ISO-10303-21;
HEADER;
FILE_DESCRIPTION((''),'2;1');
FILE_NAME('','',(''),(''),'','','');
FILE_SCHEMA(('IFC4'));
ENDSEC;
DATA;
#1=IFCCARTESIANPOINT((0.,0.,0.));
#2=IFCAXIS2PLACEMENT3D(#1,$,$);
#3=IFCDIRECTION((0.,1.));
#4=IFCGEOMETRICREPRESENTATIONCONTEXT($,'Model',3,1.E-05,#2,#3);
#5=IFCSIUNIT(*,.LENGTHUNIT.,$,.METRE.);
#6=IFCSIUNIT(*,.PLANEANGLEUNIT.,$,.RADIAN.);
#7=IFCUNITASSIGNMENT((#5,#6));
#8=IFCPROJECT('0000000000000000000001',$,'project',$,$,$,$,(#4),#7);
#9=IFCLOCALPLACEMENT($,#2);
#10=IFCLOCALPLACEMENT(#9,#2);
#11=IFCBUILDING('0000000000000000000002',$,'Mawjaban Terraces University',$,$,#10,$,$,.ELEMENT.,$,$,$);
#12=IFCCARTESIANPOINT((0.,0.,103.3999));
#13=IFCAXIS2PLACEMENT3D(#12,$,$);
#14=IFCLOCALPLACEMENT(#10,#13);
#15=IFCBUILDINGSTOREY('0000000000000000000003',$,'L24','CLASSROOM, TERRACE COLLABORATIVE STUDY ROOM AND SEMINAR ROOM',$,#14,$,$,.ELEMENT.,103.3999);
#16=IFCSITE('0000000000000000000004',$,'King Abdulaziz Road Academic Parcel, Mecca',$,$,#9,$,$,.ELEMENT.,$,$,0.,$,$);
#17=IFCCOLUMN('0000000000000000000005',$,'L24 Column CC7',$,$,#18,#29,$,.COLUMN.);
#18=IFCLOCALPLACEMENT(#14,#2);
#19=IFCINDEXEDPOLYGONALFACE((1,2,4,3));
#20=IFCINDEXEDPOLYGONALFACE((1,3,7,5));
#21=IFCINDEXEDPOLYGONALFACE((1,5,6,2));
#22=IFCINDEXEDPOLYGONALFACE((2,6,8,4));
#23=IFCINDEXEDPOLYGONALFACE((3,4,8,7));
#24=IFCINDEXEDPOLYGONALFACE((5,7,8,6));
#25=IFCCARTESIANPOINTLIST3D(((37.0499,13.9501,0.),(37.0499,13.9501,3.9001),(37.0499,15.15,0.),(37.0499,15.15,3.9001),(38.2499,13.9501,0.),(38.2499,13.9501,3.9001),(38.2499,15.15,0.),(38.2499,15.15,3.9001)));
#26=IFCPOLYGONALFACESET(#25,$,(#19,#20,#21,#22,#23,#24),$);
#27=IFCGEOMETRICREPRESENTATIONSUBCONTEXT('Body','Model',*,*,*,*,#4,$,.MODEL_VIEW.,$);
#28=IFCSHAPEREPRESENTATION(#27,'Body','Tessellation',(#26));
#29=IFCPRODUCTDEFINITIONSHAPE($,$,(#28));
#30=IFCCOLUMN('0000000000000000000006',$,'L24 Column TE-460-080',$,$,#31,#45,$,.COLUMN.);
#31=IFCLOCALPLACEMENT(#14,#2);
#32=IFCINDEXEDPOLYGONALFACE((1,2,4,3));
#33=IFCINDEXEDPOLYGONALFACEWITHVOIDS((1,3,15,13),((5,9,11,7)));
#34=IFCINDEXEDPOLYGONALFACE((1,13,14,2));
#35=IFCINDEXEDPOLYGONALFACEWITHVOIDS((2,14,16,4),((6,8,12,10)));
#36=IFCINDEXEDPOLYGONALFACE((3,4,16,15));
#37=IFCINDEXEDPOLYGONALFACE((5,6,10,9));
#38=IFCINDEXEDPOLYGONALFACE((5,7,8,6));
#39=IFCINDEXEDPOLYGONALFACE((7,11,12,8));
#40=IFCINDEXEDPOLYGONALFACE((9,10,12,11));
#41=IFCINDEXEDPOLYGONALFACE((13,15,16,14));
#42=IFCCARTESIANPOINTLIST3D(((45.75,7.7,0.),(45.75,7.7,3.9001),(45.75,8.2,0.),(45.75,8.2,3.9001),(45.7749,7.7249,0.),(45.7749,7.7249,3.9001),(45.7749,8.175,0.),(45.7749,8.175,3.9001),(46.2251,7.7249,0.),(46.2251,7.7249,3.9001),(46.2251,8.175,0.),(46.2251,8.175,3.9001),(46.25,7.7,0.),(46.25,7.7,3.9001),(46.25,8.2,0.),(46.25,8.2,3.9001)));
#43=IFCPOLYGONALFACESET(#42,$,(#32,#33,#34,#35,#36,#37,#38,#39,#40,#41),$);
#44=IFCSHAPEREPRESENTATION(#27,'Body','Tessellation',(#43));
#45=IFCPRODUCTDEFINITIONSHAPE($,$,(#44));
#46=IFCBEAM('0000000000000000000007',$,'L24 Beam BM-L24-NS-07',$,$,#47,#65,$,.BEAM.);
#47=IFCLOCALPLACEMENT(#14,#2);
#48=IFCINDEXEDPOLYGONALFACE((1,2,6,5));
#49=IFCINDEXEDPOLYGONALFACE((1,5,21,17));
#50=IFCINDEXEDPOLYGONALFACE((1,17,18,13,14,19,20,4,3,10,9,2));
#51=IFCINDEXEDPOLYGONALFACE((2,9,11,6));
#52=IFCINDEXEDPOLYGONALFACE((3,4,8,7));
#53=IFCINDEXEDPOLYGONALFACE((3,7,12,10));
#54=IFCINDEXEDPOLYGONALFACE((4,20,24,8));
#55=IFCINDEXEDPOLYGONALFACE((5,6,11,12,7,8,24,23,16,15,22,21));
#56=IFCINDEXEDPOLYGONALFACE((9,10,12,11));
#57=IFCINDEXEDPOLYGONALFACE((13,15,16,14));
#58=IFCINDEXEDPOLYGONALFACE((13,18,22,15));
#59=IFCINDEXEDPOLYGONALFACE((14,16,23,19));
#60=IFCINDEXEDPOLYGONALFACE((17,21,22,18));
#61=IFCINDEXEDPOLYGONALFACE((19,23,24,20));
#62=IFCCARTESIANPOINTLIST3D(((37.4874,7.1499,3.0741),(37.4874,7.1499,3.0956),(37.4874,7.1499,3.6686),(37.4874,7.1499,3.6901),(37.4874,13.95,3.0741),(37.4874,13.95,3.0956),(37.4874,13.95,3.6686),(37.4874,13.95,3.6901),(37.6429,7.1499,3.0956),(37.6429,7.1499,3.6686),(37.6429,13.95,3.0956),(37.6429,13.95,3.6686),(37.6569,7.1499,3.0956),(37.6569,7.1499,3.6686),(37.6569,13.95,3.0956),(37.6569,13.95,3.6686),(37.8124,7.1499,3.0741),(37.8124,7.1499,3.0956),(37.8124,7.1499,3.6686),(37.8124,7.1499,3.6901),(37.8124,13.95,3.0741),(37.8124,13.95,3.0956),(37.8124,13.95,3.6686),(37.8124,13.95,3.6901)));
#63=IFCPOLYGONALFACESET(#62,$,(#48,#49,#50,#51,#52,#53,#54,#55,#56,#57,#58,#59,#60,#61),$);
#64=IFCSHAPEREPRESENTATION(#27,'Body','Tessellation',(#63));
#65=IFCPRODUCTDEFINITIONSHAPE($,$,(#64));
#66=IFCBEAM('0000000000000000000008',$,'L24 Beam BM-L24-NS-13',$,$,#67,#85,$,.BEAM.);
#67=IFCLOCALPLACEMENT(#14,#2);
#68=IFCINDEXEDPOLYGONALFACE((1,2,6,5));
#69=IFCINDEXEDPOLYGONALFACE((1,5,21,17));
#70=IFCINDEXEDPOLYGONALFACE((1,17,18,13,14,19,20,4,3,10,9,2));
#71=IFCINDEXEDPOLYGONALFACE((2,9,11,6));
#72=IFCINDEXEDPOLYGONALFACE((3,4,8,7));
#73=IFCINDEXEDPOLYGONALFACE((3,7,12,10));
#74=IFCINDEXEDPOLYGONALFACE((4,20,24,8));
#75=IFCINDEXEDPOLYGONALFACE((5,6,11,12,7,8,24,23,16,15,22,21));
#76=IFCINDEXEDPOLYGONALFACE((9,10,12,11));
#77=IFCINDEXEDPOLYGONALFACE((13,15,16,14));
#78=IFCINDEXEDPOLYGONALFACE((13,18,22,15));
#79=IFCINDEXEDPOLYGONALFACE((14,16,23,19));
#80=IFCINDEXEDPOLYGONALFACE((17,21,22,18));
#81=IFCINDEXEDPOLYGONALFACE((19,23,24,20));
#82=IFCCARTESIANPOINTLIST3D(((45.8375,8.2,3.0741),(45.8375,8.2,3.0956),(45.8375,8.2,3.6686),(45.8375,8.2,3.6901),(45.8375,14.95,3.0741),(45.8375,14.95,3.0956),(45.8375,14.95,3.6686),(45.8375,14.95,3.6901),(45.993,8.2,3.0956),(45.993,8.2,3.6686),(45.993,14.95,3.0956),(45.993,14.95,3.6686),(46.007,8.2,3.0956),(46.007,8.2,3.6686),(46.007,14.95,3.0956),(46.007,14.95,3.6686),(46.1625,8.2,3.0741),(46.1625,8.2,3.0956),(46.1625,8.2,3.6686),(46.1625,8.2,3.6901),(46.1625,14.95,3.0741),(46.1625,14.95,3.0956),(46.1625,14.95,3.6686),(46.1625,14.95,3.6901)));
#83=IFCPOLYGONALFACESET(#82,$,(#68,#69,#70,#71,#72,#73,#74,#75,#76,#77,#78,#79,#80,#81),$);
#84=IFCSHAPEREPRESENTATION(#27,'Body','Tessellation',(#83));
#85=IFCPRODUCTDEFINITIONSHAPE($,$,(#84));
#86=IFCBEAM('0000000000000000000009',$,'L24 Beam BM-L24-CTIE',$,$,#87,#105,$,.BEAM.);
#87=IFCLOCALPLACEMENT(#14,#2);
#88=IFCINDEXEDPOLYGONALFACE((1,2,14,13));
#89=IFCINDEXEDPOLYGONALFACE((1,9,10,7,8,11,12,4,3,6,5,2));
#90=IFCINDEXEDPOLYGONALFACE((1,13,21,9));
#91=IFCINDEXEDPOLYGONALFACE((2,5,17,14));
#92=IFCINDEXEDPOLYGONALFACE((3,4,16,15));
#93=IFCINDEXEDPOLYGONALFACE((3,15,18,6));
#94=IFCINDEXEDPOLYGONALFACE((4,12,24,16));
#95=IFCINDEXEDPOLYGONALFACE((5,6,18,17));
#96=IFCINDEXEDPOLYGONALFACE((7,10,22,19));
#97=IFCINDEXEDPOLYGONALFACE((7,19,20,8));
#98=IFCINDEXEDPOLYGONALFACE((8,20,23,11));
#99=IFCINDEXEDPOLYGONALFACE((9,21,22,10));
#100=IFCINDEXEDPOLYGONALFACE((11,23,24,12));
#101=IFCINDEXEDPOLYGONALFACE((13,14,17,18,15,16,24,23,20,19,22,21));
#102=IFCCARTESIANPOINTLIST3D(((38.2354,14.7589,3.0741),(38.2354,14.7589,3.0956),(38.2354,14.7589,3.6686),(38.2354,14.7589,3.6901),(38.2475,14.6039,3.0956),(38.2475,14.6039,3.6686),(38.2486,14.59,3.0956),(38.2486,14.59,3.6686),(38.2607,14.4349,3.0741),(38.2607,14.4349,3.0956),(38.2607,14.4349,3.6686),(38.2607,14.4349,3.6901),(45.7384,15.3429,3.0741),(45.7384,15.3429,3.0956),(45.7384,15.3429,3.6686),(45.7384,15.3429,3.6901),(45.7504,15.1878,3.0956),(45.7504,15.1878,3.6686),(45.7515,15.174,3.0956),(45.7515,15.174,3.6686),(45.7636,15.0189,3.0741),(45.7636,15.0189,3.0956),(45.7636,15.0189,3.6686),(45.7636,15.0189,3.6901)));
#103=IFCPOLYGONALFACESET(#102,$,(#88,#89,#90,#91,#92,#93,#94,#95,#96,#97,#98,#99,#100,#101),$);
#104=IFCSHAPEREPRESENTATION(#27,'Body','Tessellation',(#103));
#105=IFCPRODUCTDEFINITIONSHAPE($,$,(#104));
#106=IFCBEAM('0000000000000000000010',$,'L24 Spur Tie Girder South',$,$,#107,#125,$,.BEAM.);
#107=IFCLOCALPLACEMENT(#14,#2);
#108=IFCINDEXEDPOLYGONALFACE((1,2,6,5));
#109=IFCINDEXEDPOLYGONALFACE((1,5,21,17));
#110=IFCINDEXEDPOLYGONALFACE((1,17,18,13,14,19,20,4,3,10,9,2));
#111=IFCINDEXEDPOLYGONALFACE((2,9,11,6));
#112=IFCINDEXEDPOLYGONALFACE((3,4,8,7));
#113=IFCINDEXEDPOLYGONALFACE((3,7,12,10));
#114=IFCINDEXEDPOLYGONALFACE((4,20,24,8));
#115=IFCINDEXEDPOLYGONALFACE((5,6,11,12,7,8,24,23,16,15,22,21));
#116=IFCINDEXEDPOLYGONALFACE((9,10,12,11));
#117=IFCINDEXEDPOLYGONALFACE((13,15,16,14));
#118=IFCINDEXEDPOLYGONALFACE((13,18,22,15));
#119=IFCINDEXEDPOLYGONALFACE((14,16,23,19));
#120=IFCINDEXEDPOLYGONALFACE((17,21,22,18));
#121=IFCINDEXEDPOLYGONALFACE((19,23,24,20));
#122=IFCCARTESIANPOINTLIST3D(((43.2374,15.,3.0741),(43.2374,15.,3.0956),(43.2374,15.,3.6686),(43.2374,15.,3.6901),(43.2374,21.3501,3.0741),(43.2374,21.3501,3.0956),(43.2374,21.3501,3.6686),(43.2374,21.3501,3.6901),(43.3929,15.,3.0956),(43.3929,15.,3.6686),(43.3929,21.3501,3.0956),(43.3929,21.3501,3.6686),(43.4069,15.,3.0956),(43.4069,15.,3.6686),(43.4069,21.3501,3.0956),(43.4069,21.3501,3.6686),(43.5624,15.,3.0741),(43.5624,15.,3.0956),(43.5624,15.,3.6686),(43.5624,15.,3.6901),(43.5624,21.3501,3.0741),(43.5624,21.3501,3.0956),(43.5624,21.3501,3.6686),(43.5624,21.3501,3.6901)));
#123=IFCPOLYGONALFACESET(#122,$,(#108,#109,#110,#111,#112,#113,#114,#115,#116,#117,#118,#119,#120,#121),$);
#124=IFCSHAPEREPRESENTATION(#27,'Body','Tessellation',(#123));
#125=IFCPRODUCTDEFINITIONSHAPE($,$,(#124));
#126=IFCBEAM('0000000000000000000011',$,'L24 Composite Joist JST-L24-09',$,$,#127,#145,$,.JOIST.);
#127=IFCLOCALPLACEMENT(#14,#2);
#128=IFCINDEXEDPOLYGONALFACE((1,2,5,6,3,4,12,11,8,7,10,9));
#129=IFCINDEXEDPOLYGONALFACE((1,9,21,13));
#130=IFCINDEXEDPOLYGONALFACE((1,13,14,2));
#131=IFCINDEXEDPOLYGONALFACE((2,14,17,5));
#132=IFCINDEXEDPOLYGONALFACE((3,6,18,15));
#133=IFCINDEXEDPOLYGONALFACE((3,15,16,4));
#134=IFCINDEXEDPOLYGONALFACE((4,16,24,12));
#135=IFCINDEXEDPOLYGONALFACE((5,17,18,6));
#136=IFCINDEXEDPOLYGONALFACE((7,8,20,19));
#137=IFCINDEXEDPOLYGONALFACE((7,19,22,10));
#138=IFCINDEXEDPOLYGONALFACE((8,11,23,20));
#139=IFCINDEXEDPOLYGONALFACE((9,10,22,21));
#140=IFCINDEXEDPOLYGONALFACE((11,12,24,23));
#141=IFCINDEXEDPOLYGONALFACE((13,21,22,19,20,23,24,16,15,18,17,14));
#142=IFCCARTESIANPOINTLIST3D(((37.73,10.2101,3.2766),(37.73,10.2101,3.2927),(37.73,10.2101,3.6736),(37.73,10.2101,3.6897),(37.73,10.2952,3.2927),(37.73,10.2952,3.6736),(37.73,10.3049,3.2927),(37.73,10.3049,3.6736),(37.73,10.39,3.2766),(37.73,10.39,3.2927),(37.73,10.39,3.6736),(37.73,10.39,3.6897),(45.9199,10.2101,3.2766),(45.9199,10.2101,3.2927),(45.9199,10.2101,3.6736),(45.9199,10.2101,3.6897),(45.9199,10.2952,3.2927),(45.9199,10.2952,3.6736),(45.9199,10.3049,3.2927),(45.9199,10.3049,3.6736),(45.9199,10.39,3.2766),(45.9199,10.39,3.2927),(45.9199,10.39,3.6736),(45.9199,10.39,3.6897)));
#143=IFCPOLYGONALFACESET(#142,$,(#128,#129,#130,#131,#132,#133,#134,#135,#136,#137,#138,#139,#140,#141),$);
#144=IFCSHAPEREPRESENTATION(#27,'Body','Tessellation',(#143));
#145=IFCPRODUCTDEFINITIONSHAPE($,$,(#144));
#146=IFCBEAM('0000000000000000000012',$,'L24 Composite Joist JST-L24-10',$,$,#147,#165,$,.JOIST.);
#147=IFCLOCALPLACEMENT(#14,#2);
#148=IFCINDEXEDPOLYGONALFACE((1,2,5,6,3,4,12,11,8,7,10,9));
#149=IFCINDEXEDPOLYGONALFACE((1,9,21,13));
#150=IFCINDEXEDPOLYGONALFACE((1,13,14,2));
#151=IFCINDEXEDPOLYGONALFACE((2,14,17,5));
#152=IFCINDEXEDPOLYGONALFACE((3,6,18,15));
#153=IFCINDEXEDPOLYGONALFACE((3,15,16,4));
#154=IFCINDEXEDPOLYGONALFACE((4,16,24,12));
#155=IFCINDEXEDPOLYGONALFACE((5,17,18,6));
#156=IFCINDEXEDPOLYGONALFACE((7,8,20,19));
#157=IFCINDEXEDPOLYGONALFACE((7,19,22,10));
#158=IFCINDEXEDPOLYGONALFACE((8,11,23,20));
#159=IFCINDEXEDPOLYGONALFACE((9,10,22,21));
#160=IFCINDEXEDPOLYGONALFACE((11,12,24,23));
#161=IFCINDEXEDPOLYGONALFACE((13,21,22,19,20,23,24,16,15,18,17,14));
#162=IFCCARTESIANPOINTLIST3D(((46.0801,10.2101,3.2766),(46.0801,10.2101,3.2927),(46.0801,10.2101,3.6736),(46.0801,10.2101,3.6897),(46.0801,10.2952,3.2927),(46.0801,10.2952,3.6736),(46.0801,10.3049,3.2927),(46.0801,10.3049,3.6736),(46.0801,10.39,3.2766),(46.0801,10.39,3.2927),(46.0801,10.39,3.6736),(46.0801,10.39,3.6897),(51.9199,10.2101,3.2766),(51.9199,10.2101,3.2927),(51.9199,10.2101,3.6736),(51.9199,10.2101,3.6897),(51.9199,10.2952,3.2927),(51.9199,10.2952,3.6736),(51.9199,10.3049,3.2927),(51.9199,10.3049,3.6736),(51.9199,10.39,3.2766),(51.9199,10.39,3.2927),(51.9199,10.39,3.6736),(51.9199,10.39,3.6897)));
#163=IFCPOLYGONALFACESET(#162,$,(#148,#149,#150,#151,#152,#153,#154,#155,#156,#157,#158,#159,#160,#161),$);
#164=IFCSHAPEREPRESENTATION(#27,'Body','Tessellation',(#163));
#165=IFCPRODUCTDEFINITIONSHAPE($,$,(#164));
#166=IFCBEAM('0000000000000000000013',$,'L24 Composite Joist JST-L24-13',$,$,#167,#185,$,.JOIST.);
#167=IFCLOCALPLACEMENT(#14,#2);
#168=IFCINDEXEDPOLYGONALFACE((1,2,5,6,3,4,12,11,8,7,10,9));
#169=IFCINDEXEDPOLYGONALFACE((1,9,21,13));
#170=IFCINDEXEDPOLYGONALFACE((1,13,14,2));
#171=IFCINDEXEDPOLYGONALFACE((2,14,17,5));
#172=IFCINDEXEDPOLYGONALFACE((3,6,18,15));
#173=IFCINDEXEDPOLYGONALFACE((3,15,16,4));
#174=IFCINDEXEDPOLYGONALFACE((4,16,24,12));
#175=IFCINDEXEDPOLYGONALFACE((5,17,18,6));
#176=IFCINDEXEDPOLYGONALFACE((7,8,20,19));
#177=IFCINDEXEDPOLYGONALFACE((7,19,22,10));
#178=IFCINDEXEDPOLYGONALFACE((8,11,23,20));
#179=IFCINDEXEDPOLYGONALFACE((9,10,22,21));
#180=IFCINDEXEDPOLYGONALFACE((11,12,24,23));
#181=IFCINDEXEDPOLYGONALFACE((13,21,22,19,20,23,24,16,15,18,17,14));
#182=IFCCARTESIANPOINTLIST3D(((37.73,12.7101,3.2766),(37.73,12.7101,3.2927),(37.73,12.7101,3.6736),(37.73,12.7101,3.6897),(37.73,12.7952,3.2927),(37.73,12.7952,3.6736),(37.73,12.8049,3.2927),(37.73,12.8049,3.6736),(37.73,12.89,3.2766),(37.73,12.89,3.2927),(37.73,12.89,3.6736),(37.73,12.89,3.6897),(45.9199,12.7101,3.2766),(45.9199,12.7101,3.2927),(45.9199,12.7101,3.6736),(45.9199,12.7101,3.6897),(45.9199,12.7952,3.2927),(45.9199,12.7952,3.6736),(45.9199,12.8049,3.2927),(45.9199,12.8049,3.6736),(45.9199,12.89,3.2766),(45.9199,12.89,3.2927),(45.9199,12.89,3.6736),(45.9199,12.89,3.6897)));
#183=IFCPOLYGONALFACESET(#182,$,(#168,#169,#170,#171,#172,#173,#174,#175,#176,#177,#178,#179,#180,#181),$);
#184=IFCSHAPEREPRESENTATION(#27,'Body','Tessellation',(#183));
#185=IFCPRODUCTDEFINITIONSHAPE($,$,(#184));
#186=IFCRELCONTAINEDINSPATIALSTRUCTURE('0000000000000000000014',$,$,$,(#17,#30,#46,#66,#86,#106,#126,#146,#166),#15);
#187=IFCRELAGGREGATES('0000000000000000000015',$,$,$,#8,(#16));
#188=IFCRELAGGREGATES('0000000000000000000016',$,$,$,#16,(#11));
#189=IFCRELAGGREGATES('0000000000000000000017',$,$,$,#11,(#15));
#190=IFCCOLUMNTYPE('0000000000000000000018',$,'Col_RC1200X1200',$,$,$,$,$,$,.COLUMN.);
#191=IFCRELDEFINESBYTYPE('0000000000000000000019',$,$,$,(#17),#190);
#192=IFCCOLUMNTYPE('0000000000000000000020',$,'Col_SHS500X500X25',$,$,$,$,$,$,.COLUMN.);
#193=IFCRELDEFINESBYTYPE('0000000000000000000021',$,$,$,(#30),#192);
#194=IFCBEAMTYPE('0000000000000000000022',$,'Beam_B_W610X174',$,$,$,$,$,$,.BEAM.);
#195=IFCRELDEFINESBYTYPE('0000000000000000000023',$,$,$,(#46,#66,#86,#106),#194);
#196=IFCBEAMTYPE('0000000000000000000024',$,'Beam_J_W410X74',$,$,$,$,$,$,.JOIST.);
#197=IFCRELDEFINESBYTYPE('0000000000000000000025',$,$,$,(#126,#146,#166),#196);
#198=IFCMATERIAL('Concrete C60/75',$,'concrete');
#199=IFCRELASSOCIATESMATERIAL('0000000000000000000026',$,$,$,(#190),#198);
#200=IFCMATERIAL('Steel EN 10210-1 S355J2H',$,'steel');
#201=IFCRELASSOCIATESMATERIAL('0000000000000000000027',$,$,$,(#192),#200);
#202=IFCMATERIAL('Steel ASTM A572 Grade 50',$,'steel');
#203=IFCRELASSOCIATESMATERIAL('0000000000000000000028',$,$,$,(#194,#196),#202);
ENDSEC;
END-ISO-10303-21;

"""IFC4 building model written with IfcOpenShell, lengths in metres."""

from ifc_helpers import new_model, si_unit, direction, frame, origin, origin_2d, place, context, subcontext, project, spatial, rectangle, hollow_rectangle, i_section, extrude, material, material_profile, profile_set, type_object, element, save


model = new_model("IFC4")

# Units and contexts
model_context = context("Model", 3, precision=1e-05, world=origin(), true_north=direction((0.0, 1.0)))
body_context = subcontext(model_context, "Body", "Model", "MODEL_VIEW")
ifc_project = project(units=[si_unit("LENGTHUNIT", "METRE"), si_unit("PLANEANGLEUNIT", "RADIAN")], contexts=[model_context])

# Site, building, storey
site_placement = place(None, origin())
site = spatial("IfcSite", under=ifc_project, at=site_placement, Name="King Abdulaziz Road Academic Parcel, Mecca", CompositionType="ELEMENT", RefElevation=0.0)
building_placement = place(site_placement, origin())
building = spatial("IfcBuilding", under=site, at=building_placement, Name="Mawjaban Terraces University", CompositionType="ELEMENT")
storey_placement = place(building_placement, frame((0.0, 0.0, 103.3999)))
storey = spatial("IfcBuildingStorey", under=building, at=storey_placement, Name="L24", Description="CLASSROOM, TERRACE COLLABORATIVE STUDY ROOM AND SEMINAR ROOM", CompositionType="ELEMENT", Elevation=103.3999)

# Columns
ifc_material_1 = material(Name="Concrete C60/75", Category="concrete")
ifc_material_profile_1 = material_profile(ifc_material_1, rectangle(XDim=1.2, YDim=1.2, at=origin_2d()), Name="RC1200X1200")
ifc_profile_set_1 = profile_set([ifc_material_profile_1], Name="Concrete C60/75")
column_type_1 = type_object("IfcColumnType", Name="Col_RC1200X1200", PredefinedType="COLUMN", material=ifc_profile_set_1)
column_1_placement = place(storey_placement, frame((37.6499, 14.55, 0.0), z_axis=(0.0, 0.0, 1.0), x_axis=(1.0, 0.0, 0.0)))
element("IfcColumn", 1, at=column_1_placement, inside=storey, type_object=column_type_1, Name="L24 Column CC7", PredefinedType="COLUMN", context=body_context, shape_type="SweptSolid", body=[
    extrude(rectangle(XDim=1.2, YDim=1.2, at=origin_2d()), origin(), (0.0, 0.0, 1.0), 3.9001),
])
ifc_material_2 = material(Name="Steel EN 10210-1 S355J2H", Category="steel")
ifc_material_profile_2 = material_profile(ifc_material_2, hollow_rectangle(XDim=0.5, YDim=0.5, WallThickness=0.0249, at=origin_2d()), Name="SHS500X500X25")
ifc_profile_set_2 = profile_set([ifc_material_profile_2], Name="Steel EN 10210-1 S355J2H")
column_type_2 = type_object("IfcColumnType", Name="Col_SHS500X500X25", PredefinedType="COLUMN", material=ifc_profile_set_2)
column_2_placement = place(storey_placement, frame((46.0, 7.95, 0.0), z_axis=(0.0, 0.0, 1.0), x_axis=(1.0, 0.0, 0.0)))
element("IfcColumn", 2, at=column_2_placement, inside=storey, type_object=column_type_2, Name="L24 Column TE-460-080", PredefinedType="COLUMN", context=body_context, shape_type="SweptSolid", body=[
    extrude(hollow_rectangle(XDim=0.5, YDim=0.5, WallThickness=0.0249, at=origin_2d()), origin(), (0.0, 0.0, 1.0), 3.9001),
])

# Beams
ifc_material_3 = material(Name="Steel ASTM A572 Grade 50", Category="steel")
ifc_material_profile_3 = material_profile(ifc_material_3, i_section(OverallWidth=0.325, OverallDepth=0.616, WebThickness=0.0139, FlangeThickness=0.0215, at=origin_2d()), Name="W610X174")
ifc_profile_set_3 = profile_set([ifc_material_profile_3], Name="Steel ASTM A572 Grade 50")
beam_type_1 = type_object("IfcBeamType", Name="Beam_B_W610X174", PredefinedType="BEAM", material=ifc_profile_set_3)
beam_1_placement = place(storey_placement, frame((37.6499, 7.1499, 3.3821), z_axis=(0.0, 1.0, 0.0), x_axis=(-1.0, 0.0, 0.0)))
element("IfcBeam", 3, at=beam_1_placement, inside=storey, type_object=beam_type_1, Name="L24 Beam BM-L24-NS-07", PredefinedType="BEAM", context=body_context, shape_type="SweptSolid", body=[
    extrude(i_section(OverallWidth=0.325, OverallDepth=0.616, WebThickness=0.0139, FlangeThickness=0.0215, at=origin_2d()), origin(), (0.0, 0.0, 1.0), 6.8),
])
beam_2_placement = place(storey_placement, frame((46.0, 8.2, 3.3821), z_axis=(0.0, 1.0, 0.0), x_axis=(-1.0, 0.0, 0.0)))
element("IfcBeam", 4, at=beam_2_placement, inside=storey, type_object=beam_type_1, Name="L24 Beam BM-L24-NS-13", PredefinedType="BEAM", context=body_context, shape_type="SweptSolid", body=[
    extrude(i_section(OverallWidth=0.325, OverallDepth=0.616, WebThickness=0.0139, FlangeThickness=0.0215, at=origin_2d()), origin(), (0.0, 0.0, 1.0), 6.75),
])
beam_3_placement = place(storey_placement, frame((38.248, 14.5969, 3.3821), z_axis=(0.996985, 0.077599, 0.0), x_axis=(-0.077599, 0.996985, 0.0)))
element("IfcBeam", 5, at=beam_3_placement, inside=storey, type_object=beam_type_1, Name="L24 Beam BM-L24-CTIE", PredefinedType="BEAM", context=body_context, shape_type="SweptSolid", body=[
    extrude(i_section(OverallWidth=0.325, OverallDepth=0.616, WebThickness=0.0139, FlangeThickness=0.0215, at=origin_2d()), origin(), (0.0, 0.0, 1.0), 7.5256),
])
beam_4_placement = place(storey_placement, frame((43.3999, 15.0, 3.3821), z_axis=(0.0, 1.0, 0.0), x_axis=(-1.0, 0.0, 0.0)))
element("IfcBeam", 6, at=beam_4_placement, inside=storey, type_object=beam_type_1, Name="L24 Spur Tie Girder South", PredefinedType="BEAM", context=body_context, shape_type="SweptSolid", body=[
    extrude(i_section(OverallWidth=0.325, OverallDepth=0.616, WebThickness=0.0139, FlangeThickness=0.0215, at=origin_2d()), origin(), (0.0, 0.0, 1.0), 6.3501),
])
ifc_material_profile_4 = material_profile(ifc_material_3, i_section(OverallWidth=0.1799, OverallDepth=0.4131, WebThickness=0.0098, FlangeThickness=0.0161, at=origin_2d()), Name="W410X74")
ifc_profile_set_4 = profile_set([ifc_material_profile_4], Name="Steel ASTM A572 Grade 50")
beam_type_2 = type_object("IfcBeamType", Name="Beam_J_W410X74", PredefinedType="JOIST", material=ifc_profile_set_4)
beam_5_placement = place(storey_placement, frame((37.73, 10.3, 3.4832), z_axis=(1.0, 0.0, 0.0), x_axis=(0.0, 1.0, 0.0)))
element("IfcBeam", 7, at=beam_5_placement, inside=storey, type_object=beam_type_2, Name="L24 Composite Joist JST-L24-09", PredefinedType="JOIST", context=body_context, shape_type="SweptSolid", body=[
    extrude(i_section(OverallWidth=0.1799, OverallDepth=0.4131, WebThickness=0.0098, FlangeThickness=0.0161, at=origin_2d()), origin(), (0.0, 0.0, 1.0), 8.1899),
])
beam_6_placement = place(storey_placement, frame((46.0801, 10.3, 3.4832), z_axis=(1.0, 0.0, 0.0), x_axis=(0.0, 1.0, 0.0)))
element("IfcBeam", 8, at=beam_6_placement, inside=storey, type_object=beam_type_2, Name="L24 Composite Joist JST-L24-10", PredefinedType="JOIST", context=body_context, shape_type="SweptSolid", body=[
    extrude(i_section(OverallWidth=0.1799, OverallDepth=0.4131, WebThickness=0.0098, FlangeThickness=0.0161, at=origin_2d()), origin(), (0.0, 0.0, 1.0), 5.8398),
])
beam_7_placement = place(storey_placement, frame((37.73, 12.8, 3.4832), z_axis=(1.0, 0.0, 0.0), x_axis=(0.0, 1.0, 0.0)))
element("IfcBeam", 9, at=beam_7_placement, inside=storey, type_object=beam_type_2, Name="L24 Composite Joist JST-L24-13", PredefinedType="JOIST", context=body_context, shape_type="SweptSolid", body=[
    extrude(i_section(OverallWidth=0.1799, OverallDepth=0.4131, WebThickness=0.0098, FlangeThickness=0.0161, at=origin_2d()), origin(), (0.0, 0.0, 1.0), 8.1899),
])

save(model, "model.ifc")
